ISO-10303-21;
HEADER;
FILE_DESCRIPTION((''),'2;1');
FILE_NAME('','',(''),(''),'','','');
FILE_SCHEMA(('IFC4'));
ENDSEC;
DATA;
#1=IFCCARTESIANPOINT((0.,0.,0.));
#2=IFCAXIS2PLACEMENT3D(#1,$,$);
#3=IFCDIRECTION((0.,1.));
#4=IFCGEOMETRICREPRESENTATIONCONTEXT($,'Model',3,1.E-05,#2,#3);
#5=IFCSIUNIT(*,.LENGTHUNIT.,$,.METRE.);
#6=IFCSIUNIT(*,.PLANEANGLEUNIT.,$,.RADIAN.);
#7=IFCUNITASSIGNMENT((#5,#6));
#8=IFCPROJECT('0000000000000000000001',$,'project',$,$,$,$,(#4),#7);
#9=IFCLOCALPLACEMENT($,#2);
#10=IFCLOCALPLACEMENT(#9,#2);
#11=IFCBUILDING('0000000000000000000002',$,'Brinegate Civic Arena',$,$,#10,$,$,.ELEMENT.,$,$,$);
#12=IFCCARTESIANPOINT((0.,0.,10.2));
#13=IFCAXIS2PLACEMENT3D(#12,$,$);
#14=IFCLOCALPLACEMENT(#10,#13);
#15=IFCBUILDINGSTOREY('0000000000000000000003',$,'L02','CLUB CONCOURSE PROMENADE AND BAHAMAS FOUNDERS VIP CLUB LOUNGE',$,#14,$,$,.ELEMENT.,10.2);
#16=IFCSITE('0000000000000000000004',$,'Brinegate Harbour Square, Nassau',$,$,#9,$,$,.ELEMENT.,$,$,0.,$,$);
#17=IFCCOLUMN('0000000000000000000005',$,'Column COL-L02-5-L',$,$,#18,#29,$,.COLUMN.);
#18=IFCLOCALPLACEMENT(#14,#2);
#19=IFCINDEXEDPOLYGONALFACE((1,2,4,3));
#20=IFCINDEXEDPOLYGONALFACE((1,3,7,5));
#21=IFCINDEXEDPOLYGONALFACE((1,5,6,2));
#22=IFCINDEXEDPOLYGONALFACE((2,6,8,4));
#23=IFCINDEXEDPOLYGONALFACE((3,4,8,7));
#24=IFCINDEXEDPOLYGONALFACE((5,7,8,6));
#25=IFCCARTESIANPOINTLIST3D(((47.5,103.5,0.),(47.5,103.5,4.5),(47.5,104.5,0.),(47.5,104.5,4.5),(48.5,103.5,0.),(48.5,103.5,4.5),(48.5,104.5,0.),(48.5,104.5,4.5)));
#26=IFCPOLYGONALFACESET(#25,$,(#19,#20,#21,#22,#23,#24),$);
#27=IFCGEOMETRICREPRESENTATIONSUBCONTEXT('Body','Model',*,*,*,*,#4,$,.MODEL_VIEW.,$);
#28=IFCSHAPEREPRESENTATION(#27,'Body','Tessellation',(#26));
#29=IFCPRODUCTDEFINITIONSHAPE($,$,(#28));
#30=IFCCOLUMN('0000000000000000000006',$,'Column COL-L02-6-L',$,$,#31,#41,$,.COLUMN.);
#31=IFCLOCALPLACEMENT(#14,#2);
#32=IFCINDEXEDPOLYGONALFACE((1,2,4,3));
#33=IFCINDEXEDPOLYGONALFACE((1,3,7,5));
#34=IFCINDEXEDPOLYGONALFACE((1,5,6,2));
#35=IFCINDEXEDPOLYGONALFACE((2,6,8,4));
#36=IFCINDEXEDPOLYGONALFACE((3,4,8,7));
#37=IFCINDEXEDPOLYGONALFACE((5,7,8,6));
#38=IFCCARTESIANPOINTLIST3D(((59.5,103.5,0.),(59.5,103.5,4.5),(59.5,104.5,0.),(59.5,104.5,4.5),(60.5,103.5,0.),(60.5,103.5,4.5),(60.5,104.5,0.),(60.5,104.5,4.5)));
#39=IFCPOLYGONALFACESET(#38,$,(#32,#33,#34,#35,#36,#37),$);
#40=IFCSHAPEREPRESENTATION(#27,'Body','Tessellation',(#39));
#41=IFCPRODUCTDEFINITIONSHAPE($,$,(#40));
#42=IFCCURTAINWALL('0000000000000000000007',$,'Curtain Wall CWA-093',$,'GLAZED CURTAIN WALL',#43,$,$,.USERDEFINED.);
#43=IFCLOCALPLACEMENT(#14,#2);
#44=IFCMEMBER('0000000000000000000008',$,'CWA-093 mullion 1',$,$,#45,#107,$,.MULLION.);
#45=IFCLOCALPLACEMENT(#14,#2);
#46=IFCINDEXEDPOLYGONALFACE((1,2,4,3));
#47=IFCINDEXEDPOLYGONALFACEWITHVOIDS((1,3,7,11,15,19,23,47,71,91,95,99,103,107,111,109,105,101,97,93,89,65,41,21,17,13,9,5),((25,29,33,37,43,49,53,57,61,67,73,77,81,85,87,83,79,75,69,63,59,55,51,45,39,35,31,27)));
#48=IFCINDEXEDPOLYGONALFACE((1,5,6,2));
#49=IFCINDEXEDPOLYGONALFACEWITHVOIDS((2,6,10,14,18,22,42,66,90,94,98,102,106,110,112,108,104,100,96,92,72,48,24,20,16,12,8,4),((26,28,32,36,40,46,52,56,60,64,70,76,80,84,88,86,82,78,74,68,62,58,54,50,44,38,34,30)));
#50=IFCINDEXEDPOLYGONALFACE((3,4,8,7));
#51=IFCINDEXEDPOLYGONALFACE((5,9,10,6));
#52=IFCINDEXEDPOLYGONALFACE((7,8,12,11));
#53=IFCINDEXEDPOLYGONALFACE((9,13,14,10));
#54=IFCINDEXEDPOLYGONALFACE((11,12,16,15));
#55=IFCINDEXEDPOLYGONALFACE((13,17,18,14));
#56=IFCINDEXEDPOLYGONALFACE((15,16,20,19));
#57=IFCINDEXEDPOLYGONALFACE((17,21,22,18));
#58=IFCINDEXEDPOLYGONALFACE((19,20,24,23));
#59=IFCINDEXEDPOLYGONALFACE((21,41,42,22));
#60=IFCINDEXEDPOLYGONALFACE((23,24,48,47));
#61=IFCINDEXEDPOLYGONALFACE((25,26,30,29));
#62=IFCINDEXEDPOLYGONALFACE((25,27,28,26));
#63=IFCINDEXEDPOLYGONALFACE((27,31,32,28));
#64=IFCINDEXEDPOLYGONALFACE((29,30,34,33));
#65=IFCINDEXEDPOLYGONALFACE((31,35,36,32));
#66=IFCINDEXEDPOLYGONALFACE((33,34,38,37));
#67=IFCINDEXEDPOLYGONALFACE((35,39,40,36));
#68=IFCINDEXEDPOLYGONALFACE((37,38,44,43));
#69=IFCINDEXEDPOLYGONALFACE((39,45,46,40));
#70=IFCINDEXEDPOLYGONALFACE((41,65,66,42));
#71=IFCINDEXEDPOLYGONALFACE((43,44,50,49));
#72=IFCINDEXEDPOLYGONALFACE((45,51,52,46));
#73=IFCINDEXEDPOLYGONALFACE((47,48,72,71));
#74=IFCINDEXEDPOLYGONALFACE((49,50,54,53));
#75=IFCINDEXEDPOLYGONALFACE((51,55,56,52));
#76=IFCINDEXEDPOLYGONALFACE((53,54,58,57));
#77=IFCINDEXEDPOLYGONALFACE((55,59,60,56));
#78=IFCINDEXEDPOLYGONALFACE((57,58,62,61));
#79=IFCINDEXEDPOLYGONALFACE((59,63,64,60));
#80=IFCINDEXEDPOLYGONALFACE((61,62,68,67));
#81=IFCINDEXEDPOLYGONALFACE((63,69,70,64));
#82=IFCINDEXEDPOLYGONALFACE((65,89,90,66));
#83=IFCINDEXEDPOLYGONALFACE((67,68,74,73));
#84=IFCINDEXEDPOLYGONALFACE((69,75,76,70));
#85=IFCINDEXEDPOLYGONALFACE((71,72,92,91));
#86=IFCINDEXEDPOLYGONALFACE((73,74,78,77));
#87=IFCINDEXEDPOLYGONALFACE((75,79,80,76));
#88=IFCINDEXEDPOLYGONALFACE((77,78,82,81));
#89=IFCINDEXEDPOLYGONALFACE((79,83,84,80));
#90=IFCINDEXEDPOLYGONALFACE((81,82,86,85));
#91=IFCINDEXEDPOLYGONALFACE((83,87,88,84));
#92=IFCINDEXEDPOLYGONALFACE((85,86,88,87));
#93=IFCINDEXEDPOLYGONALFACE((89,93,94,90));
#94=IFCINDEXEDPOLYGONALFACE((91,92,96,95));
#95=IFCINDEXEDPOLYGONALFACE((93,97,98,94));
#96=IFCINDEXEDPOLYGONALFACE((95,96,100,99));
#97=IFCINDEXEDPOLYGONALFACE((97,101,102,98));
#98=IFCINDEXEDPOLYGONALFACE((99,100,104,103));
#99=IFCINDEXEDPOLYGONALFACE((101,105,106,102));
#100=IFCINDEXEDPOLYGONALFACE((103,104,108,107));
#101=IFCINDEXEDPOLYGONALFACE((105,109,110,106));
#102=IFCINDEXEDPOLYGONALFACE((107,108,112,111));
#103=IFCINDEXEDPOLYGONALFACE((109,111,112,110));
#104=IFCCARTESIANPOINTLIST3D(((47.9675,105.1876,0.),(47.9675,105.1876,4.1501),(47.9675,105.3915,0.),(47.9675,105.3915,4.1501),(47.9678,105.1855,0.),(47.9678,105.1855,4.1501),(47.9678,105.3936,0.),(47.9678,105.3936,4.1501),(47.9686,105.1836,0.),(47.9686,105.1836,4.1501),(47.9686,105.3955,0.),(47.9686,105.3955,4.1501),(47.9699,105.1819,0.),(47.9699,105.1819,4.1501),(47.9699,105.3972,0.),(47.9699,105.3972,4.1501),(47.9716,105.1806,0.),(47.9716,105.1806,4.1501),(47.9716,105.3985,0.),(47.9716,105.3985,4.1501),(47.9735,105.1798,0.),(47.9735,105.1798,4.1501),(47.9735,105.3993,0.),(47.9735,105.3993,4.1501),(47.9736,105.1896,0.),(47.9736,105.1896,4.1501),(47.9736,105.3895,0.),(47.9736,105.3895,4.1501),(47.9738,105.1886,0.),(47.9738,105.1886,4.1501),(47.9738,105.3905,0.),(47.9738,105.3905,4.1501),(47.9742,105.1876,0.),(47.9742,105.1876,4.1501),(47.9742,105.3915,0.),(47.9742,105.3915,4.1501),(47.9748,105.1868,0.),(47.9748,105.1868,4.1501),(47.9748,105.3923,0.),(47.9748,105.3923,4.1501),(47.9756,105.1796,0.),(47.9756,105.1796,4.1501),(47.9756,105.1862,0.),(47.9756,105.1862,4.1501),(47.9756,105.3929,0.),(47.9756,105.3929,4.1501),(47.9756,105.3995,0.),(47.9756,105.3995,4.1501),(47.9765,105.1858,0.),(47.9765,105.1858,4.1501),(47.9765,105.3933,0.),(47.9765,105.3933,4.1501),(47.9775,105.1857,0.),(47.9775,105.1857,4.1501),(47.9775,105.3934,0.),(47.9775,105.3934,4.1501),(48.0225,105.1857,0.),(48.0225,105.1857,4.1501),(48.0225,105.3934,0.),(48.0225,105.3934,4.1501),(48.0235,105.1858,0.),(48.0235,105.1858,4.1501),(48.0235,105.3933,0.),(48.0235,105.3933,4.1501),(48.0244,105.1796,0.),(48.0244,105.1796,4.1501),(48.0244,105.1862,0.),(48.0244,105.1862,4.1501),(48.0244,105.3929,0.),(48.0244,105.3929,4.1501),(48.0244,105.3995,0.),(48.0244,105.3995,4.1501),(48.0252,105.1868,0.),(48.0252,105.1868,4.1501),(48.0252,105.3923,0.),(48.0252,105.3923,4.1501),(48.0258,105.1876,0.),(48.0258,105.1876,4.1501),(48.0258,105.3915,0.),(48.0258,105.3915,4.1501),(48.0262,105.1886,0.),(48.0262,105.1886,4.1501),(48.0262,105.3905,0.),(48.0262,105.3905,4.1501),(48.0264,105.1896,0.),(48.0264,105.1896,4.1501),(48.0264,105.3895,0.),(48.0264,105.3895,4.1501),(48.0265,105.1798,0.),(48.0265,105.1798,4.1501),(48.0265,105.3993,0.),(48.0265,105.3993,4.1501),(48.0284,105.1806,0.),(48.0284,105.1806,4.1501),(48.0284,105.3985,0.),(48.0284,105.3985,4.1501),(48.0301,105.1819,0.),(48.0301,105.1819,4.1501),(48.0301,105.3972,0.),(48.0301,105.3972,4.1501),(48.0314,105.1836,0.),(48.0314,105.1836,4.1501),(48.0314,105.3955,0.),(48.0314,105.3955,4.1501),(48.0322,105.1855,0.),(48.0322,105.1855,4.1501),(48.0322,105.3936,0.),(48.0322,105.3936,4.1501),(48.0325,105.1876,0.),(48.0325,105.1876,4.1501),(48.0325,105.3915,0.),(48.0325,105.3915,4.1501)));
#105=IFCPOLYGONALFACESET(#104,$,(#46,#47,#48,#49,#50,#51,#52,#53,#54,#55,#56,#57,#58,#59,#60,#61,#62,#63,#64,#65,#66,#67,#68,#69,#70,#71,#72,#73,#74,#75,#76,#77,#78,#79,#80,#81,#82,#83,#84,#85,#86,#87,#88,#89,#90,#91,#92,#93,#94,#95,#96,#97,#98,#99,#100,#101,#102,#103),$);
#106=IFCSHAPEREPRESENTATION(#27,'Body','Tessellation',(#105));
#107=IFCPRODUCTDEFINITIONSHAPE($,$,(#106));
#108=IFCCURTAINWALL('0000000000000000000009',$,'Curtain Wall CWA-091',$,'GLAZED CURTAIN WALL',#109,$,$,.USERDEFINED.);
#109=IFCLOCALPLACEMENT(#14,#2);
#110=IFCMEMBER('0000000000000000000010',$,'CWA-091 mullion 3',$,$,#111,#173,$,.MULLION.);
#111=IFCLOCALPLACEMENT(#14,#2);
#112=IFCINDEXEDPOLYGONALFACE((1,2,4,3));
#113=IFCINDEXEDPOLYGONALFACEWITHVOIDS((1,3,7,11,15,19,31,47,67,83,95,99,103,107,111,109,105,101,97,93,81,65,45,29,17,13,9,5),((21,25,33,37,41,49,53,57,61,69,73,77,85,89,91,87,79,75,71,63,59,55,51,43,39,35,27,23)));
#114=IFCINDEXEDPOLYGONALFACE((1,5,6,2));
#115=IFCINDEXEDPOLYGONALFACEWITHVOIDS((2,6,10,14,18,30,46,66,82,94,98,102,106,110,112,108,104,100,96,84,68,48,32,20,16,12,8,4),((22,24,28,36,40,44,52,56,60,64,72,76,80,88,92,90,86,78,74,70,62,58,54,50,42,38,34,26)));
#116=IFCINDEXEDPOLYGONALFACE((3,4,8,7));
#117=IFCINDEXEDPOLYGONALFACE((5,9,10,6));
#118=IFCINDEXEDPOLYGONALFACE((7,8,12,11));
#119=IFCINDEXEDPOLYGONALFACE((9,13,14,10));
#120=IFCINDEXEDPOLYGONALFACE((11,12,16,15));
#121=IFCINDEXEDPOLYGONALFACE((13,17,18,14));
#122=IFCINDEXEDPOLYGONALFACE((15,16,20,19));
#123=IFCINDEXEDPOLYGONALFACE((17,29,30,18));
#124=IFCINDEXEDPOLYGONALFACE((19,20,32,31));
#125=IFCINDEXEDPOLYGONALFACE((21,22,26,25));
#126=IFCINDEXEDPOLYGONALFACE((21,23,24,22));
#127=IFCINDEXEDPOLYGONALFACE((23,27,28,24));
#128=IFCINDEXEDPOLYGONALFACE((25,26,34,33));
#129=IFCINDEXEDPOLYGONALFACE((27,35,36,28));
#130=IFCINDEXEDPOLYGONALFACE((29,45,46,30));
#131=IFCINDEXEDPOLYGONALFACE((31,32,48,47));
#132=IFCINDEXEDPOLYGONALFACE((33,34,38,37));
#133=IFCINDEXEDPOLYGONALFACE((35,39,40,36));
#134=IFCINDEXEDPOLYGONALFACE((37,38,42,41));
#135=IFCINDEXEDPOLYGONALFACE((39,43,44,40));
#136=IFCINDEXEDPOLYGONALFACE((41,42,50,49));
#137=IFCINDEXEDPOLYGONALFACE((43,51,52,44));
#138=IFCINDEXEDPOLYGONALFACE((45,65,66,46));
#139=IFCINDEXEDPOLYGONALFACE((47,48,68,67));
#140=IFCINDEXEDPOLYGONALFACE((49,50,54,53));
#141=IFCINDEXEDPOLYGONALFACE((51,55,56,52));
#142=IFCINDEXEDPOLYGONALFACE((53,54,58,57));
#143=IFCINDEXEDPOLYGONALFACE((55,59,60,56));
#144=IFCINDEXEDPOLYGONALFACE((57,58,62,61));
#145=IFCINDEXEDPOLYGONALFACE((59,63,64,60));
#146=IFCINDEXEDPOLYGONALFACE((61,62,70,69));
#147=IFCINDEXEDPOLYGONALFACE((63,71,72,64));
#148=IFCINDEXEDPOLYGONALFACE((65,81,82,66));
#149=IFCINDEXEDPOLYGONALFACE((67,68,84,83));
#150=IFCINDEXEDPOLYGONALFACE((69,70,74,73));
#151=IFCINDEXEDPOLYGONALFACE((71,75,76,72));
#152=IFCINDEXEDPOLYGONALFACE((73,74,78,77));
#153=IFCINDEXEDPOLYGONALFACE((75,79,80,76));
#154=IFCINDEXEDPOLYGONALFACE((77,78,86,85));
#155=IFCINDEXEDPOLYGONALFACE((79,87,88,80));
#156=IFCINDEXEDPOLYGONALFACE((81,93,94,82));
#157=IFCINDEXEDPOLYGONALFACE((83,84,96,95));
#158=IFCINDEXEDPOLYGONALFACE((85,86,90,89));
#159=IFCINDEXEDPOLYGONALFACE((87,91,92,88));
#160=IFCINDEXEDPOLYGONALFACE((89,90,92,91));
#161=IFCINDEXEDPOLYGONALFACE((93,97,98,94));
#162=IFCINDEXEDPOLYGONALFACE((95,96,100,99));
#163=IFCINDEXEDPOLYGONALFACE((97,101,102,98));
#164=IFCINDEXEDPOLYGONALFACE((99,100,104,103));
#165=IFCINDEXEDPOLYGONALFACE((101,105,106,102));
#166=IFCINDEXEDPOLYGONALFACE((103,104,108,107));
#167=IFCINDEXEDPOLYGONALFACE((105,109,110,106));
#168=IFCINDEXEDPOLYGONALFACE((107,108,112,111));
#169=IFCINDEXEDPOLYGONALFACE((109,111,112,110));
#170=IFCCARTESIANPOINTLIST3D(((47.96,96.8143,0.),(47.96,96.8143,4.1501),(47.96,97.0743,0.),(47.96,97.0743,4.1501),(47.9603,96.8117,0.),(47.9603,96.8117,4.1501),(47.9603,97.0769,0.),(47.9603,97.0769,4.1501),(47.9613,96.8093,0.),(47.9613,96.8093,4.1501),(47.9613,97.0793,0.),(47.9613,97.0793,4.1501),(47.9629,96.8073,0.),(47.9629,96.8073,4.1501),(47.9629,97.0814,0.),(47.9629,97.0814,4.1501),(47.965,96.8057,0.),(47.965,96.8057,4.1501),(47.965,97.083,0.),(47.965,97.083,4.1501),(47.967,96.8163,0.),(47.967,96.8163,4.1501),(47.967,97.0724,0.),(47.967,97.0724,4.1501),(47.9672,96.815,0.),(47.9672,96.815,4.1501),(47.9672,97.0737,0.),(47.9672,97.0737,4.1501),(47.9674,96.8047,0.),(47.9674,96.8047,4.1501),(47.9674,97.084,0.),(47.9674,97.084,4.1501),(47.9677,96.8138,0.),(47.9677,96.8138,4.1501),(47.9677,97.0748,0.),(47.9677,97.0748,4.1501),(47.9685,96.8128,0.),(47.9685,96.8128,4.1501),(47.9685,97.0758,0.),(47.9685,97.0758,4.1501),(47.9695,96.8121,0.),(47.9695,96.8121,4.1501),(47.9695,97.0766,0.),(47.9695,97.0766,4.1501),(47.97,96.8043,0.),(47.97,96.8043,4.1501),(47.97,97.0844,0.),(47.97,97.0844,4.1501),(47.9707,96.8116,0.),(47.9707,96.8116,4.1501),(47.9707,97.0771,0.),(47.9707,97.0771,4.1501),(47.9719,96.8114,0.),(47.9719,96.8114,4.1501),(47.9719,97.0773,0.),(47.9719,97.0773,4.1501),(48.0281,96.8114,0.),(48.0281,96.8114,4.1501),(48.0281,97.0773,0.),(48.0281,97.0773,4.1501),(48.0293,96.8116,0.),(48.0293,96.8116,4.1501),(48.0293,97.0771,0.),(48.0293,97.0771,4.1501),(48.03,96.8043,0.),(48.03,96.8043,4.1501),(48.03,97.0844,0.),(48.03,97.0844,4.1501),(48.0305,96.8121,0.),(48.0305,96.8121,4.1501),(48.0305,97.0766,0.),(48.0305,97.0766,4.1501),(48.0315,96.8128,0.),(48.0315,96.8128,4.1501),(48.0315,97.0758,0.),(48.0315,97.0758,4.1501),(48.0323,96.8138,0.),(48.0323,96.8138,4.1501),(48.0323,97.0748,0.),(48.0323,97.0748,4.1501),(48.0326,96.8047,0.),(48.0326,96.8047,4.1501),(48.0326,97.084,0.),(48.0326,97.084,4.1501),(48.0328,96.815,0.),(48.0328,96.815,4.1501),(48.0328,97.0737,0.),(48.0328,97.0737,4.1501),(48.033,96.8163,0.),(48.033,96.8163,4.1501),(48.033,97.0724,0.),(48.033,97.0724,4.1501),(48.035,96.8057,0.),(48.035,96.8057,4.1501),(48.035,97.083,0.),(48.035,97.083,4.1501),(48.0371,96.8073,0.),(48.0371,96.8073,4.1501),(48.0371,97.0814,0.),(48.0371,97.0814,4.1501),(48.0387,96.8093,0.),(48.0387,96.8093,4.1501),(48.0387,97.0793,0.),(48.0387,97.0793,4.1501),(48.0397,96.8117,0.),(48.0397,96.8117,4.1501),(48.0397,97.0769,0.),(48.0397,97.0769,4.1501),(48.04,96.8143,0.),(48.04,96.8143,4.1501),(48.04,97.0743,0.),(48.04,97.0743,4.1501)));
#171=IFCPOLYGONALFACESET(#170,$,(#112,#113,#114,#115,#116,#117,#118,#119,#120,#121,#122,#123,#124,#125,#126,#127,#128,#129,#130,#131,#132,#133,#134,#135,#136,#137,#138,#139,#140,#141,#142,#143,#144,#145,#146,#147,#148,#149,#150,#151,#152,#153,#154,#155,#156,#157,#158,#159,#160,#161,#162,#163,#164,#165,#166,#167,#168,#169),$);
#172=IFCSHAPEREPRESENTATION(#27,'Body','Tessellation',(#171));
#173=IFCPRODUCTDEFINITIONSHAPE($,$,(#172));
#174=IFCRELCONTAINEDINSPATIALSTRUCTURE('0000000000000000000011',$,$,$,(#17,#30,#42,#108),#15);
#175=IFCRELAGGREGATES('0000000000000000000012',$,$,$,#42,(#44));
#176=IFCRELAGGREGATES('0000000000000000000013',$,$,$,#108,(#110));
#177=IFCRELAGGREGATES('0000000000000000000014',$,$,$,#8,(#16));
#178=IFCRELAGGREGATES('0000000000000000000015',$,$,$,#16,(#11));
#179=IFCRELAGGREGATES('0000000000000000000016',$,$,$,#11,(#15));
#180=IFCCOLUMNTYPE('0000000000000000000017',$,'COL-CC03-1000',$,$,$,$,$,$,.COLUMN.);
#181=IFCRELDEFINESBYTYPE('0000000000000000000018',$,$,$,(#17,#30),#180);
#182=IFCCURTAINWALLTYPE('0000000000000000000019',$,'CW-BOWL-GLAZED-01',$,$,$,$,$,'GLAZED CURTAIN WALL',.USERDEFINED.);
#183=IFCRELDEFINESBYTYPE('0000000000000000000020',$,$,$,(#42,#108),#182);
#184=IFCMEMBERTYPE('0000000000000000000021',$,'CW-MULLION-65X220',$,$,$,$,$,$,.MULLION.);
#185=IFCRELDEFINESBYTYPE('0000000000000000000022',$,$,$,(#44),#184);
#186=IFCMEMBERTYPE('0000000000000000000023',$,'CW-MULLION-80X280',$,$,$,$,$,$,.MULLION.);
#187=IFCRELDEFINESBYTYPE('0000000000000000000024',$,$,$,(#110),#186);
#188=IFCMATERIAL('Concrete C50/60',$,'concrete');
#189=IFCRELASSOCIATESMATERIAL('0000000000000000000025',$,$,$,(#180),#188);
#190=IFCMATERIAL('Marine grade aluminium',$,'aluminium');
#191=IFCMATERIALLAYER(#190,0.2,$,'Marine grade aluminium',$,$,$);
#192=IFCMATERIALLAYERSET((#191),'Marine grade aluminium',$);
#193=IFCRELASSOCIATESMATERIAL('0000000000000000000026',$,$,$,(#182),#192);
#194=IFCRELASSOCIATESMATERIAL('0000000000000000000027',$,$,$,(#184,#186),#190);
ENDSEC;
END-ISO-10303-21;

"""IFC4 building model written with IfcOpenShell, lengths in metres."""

from ifc_helpers import new_model, si_unit, direction, frame, origin, origin_2d, place, context, subcontext, project, spatial, rectangle, hollow_rectangle, extrude, material, layer, layer_set, material_profile, profile_set, type_object, element, aggregate, save


model = new_model("IFC4")

# Units and contexts
model_context = context("Model", 3, precision=1e-05, world=origin(), true_north=direction((0.0, 1.0)))
body_context = subcontext(model_context, "Body", "Model", "MODEL_VIEW")
ifc_project = project(units=[si_unit("LENGTHUNIT", "METRE"), si_unit("PLANEANGLEUNIT", "RADIAN")], contexts=[model_context])

# Site, building, storey
site_placement = place(None, origin())
site = spatial("IfcSite", under=ifc_project, at=site_placement, Name="Brinegate Harbour Square, Nassau", CompositionType="ELEMENT", RefElevation=0.0)
building_placement = place(site_placement, origin())
building = spatial("IfcBuilding", under=site, at=building_placement, Name="Brinegate Civic Arena", CompositionType="ELEMENT")
storey_placement = place(building_placement, frame((0.0, 0.0, 10.2)))
storey = spatial("IfcBuildingStorey", under=building, at=storey_placement, Name="L02", Description="CLUB CONCOURSE PROMENADE AND BAHAMAS FOUNDERS VIP CLUB LOUNGE", CompositionType="ELEMENT", Elevation=10.2)

# Columns
ifc_material_1 = material(Name="Concrete C50/60", Category="concrete")
ifc_material_profile_1 = material_profile(ifc_material_1, rectangle(XDim=1.0, YDim=1.0, at=origin_2d()), Name="RC1000X1000")
ifc_profile_set_1 = profile_set([ifc_material_profile_1], Name="Concrete C50/60")
column_type = type_object("IfcColumnType", Name="COL-CC03-1000", PredefinedType="COLUMN", material=ifc_profile_set_1)
for number, where, z_axis, x_axis, name in (
    (1, (48.0, 104.0, 0.0), (0.0, 0.0, 1.0), (1.0, 0.0, 0.0), "Column COL-L02-5-L"),
    (2, (60.0, 104.0, 0.0), (0.0, 0.0, 1.0), (1.0, 0.0, 0.0), "Column COL-L02-6-L"),
):
    element("IfcColumn", number, at=place(storey_placement, frame(where, z_axis=z_axis, x_axis=x_axis)), inside=storey, type_object=column_type, Name=name, PredefinedType="COLUMN", context=body_context, shape_type="SweptSolid", body=[
        extrude(rectangle(XDim=1.0, YDim=1.0, at=origin_2d()), origin(), (0.0, 0.0, 1.0), 4.5),
    ])

# Curtain wall, member
ifc_material_2 = material(Name="Marine grade aluminium", Category="aluminium")
ifc_layer_1 = layer(ifc_material_2, 0.2, Name="Marine grade aluminium")
ifc_layer_set_1 = layer_set([ifc_layer_1], Name="Marine grade aluminium")
curtain_wall_type = type_object("IfcCurtainWallType", Name="CW-BOWL-GLAZED-01", ElementType="GLAZED CURTAIN WALL", PredefinedType="USERDEFINED", material=ifc_layer_set_1)
curtain_wall_1_placement = place(storey_placement, origin())
curtain_wall_1 = element("IfcCurtainWall", 3, at=curtain_wall_1_placement, inside=storey, type_object=curtain_wall_type, Name="Curtain Wall CWA-093", ObjectType="GLAZED CURTAIN WALL", PredefinedType="USERDEFINED")
ifc_material_profile_2 = material_profile(ifc_material_2, hollow_rectangle(XDim=0.0649, YDim=0.22, WallThickness=0.0061, InnerFilletRadius=0.0039, OuterFilletRadius=0.0081, at=origin_2d()), Name="MUL65X220")
ifc_profile_set_2 = profile_set([ifc_material_profile_2], Name="Marine grade aluminium")
member_type_1 = type_object("IfcMemberType", Name="CW-MULLION-65X220", PredefinedType="MULLION", material=ifc_profile_set_2)
member_1_placement = place(storey_placement, frame((48.0, 105.2896, 0.0), z_axis=(0.0, 0.0, 1.0), x_axis=(-1.0, 0.0, 0.0)))
member_1 = element("IfcMember", 4, at=member_1_placement, type_object=member_type_1, Name="CWA-093 mullion 1", PredefinedType="MULLION", context=body_context, shape_type="SweptSolid", body=[
    extrude(hollow_rectangle(XDim=0.0649, YDim=0.22, WallThickness=0.0061, InnerFilletRadius=0.0039, OuterFilletRadius=0.0081, at=origin_2d()), origin(), (0.0, 0.0, 1.0), 4.1501),
])
aggregate(curtain_wall_1, [member_1])

# Curtain wall, member
curtain_wall_2_placement = place(storey_placement, origin())
curtain_wall_2 = element("IfcCurtainWall", 5, at=curtain_wall_2_placement, inside=storey, type_object=curtain_wall_type, Name="Curtain Wall CWA-091", ObjectType="GLAZED CURTAIN WALL", PredefinedType="USERDEFINED")
ifc_material_profile_3 = material_profile(ifc_material_2, hollow_rectangle(XDim=0.0801, YDim=0.28, WallThickness=0.0071, InnerFilletRadius=0.0049, OuterFilletRadius=0.01, at=origin_2d()), Name="MUL80X280")
ifc_profile_set_3 = profile_set([ifc_material_profile_3], Name="Marine grade aluminium")
member_type_2 = type_object("IfcMemberType", Name="CW-MULLION-80X280", PredefinedType="MULLION", material=ifc_profile_set_3)
member_2_placement = place(storey_placement, frame((48.0, 96.9443, 0.0), z_axis=(0.0, 0.0, 1.0), x_axis=(-1.0, 0.0, 0.0)))
member_2 = element("IfcMember", 6, at=member_2_placement, type_object=member_type_2, Name="CWA-091 mullion 3", PredefinedType="MULLION", context=body_context, shape_type="SweptSolid", body=[
    extrude(hollow_rectangle(XDim=0.0801, YDim=0.28, WallThickness=0.0071, InnerFilletRadius=0.0049, OuterFilletRadius=0.01, at=origin_2d()), origin(), (0.0, 0.0, 1.0), 4.1501),
])

aggregate(curtain_wall_2, [member_2])

save(model, "model.ifc")
